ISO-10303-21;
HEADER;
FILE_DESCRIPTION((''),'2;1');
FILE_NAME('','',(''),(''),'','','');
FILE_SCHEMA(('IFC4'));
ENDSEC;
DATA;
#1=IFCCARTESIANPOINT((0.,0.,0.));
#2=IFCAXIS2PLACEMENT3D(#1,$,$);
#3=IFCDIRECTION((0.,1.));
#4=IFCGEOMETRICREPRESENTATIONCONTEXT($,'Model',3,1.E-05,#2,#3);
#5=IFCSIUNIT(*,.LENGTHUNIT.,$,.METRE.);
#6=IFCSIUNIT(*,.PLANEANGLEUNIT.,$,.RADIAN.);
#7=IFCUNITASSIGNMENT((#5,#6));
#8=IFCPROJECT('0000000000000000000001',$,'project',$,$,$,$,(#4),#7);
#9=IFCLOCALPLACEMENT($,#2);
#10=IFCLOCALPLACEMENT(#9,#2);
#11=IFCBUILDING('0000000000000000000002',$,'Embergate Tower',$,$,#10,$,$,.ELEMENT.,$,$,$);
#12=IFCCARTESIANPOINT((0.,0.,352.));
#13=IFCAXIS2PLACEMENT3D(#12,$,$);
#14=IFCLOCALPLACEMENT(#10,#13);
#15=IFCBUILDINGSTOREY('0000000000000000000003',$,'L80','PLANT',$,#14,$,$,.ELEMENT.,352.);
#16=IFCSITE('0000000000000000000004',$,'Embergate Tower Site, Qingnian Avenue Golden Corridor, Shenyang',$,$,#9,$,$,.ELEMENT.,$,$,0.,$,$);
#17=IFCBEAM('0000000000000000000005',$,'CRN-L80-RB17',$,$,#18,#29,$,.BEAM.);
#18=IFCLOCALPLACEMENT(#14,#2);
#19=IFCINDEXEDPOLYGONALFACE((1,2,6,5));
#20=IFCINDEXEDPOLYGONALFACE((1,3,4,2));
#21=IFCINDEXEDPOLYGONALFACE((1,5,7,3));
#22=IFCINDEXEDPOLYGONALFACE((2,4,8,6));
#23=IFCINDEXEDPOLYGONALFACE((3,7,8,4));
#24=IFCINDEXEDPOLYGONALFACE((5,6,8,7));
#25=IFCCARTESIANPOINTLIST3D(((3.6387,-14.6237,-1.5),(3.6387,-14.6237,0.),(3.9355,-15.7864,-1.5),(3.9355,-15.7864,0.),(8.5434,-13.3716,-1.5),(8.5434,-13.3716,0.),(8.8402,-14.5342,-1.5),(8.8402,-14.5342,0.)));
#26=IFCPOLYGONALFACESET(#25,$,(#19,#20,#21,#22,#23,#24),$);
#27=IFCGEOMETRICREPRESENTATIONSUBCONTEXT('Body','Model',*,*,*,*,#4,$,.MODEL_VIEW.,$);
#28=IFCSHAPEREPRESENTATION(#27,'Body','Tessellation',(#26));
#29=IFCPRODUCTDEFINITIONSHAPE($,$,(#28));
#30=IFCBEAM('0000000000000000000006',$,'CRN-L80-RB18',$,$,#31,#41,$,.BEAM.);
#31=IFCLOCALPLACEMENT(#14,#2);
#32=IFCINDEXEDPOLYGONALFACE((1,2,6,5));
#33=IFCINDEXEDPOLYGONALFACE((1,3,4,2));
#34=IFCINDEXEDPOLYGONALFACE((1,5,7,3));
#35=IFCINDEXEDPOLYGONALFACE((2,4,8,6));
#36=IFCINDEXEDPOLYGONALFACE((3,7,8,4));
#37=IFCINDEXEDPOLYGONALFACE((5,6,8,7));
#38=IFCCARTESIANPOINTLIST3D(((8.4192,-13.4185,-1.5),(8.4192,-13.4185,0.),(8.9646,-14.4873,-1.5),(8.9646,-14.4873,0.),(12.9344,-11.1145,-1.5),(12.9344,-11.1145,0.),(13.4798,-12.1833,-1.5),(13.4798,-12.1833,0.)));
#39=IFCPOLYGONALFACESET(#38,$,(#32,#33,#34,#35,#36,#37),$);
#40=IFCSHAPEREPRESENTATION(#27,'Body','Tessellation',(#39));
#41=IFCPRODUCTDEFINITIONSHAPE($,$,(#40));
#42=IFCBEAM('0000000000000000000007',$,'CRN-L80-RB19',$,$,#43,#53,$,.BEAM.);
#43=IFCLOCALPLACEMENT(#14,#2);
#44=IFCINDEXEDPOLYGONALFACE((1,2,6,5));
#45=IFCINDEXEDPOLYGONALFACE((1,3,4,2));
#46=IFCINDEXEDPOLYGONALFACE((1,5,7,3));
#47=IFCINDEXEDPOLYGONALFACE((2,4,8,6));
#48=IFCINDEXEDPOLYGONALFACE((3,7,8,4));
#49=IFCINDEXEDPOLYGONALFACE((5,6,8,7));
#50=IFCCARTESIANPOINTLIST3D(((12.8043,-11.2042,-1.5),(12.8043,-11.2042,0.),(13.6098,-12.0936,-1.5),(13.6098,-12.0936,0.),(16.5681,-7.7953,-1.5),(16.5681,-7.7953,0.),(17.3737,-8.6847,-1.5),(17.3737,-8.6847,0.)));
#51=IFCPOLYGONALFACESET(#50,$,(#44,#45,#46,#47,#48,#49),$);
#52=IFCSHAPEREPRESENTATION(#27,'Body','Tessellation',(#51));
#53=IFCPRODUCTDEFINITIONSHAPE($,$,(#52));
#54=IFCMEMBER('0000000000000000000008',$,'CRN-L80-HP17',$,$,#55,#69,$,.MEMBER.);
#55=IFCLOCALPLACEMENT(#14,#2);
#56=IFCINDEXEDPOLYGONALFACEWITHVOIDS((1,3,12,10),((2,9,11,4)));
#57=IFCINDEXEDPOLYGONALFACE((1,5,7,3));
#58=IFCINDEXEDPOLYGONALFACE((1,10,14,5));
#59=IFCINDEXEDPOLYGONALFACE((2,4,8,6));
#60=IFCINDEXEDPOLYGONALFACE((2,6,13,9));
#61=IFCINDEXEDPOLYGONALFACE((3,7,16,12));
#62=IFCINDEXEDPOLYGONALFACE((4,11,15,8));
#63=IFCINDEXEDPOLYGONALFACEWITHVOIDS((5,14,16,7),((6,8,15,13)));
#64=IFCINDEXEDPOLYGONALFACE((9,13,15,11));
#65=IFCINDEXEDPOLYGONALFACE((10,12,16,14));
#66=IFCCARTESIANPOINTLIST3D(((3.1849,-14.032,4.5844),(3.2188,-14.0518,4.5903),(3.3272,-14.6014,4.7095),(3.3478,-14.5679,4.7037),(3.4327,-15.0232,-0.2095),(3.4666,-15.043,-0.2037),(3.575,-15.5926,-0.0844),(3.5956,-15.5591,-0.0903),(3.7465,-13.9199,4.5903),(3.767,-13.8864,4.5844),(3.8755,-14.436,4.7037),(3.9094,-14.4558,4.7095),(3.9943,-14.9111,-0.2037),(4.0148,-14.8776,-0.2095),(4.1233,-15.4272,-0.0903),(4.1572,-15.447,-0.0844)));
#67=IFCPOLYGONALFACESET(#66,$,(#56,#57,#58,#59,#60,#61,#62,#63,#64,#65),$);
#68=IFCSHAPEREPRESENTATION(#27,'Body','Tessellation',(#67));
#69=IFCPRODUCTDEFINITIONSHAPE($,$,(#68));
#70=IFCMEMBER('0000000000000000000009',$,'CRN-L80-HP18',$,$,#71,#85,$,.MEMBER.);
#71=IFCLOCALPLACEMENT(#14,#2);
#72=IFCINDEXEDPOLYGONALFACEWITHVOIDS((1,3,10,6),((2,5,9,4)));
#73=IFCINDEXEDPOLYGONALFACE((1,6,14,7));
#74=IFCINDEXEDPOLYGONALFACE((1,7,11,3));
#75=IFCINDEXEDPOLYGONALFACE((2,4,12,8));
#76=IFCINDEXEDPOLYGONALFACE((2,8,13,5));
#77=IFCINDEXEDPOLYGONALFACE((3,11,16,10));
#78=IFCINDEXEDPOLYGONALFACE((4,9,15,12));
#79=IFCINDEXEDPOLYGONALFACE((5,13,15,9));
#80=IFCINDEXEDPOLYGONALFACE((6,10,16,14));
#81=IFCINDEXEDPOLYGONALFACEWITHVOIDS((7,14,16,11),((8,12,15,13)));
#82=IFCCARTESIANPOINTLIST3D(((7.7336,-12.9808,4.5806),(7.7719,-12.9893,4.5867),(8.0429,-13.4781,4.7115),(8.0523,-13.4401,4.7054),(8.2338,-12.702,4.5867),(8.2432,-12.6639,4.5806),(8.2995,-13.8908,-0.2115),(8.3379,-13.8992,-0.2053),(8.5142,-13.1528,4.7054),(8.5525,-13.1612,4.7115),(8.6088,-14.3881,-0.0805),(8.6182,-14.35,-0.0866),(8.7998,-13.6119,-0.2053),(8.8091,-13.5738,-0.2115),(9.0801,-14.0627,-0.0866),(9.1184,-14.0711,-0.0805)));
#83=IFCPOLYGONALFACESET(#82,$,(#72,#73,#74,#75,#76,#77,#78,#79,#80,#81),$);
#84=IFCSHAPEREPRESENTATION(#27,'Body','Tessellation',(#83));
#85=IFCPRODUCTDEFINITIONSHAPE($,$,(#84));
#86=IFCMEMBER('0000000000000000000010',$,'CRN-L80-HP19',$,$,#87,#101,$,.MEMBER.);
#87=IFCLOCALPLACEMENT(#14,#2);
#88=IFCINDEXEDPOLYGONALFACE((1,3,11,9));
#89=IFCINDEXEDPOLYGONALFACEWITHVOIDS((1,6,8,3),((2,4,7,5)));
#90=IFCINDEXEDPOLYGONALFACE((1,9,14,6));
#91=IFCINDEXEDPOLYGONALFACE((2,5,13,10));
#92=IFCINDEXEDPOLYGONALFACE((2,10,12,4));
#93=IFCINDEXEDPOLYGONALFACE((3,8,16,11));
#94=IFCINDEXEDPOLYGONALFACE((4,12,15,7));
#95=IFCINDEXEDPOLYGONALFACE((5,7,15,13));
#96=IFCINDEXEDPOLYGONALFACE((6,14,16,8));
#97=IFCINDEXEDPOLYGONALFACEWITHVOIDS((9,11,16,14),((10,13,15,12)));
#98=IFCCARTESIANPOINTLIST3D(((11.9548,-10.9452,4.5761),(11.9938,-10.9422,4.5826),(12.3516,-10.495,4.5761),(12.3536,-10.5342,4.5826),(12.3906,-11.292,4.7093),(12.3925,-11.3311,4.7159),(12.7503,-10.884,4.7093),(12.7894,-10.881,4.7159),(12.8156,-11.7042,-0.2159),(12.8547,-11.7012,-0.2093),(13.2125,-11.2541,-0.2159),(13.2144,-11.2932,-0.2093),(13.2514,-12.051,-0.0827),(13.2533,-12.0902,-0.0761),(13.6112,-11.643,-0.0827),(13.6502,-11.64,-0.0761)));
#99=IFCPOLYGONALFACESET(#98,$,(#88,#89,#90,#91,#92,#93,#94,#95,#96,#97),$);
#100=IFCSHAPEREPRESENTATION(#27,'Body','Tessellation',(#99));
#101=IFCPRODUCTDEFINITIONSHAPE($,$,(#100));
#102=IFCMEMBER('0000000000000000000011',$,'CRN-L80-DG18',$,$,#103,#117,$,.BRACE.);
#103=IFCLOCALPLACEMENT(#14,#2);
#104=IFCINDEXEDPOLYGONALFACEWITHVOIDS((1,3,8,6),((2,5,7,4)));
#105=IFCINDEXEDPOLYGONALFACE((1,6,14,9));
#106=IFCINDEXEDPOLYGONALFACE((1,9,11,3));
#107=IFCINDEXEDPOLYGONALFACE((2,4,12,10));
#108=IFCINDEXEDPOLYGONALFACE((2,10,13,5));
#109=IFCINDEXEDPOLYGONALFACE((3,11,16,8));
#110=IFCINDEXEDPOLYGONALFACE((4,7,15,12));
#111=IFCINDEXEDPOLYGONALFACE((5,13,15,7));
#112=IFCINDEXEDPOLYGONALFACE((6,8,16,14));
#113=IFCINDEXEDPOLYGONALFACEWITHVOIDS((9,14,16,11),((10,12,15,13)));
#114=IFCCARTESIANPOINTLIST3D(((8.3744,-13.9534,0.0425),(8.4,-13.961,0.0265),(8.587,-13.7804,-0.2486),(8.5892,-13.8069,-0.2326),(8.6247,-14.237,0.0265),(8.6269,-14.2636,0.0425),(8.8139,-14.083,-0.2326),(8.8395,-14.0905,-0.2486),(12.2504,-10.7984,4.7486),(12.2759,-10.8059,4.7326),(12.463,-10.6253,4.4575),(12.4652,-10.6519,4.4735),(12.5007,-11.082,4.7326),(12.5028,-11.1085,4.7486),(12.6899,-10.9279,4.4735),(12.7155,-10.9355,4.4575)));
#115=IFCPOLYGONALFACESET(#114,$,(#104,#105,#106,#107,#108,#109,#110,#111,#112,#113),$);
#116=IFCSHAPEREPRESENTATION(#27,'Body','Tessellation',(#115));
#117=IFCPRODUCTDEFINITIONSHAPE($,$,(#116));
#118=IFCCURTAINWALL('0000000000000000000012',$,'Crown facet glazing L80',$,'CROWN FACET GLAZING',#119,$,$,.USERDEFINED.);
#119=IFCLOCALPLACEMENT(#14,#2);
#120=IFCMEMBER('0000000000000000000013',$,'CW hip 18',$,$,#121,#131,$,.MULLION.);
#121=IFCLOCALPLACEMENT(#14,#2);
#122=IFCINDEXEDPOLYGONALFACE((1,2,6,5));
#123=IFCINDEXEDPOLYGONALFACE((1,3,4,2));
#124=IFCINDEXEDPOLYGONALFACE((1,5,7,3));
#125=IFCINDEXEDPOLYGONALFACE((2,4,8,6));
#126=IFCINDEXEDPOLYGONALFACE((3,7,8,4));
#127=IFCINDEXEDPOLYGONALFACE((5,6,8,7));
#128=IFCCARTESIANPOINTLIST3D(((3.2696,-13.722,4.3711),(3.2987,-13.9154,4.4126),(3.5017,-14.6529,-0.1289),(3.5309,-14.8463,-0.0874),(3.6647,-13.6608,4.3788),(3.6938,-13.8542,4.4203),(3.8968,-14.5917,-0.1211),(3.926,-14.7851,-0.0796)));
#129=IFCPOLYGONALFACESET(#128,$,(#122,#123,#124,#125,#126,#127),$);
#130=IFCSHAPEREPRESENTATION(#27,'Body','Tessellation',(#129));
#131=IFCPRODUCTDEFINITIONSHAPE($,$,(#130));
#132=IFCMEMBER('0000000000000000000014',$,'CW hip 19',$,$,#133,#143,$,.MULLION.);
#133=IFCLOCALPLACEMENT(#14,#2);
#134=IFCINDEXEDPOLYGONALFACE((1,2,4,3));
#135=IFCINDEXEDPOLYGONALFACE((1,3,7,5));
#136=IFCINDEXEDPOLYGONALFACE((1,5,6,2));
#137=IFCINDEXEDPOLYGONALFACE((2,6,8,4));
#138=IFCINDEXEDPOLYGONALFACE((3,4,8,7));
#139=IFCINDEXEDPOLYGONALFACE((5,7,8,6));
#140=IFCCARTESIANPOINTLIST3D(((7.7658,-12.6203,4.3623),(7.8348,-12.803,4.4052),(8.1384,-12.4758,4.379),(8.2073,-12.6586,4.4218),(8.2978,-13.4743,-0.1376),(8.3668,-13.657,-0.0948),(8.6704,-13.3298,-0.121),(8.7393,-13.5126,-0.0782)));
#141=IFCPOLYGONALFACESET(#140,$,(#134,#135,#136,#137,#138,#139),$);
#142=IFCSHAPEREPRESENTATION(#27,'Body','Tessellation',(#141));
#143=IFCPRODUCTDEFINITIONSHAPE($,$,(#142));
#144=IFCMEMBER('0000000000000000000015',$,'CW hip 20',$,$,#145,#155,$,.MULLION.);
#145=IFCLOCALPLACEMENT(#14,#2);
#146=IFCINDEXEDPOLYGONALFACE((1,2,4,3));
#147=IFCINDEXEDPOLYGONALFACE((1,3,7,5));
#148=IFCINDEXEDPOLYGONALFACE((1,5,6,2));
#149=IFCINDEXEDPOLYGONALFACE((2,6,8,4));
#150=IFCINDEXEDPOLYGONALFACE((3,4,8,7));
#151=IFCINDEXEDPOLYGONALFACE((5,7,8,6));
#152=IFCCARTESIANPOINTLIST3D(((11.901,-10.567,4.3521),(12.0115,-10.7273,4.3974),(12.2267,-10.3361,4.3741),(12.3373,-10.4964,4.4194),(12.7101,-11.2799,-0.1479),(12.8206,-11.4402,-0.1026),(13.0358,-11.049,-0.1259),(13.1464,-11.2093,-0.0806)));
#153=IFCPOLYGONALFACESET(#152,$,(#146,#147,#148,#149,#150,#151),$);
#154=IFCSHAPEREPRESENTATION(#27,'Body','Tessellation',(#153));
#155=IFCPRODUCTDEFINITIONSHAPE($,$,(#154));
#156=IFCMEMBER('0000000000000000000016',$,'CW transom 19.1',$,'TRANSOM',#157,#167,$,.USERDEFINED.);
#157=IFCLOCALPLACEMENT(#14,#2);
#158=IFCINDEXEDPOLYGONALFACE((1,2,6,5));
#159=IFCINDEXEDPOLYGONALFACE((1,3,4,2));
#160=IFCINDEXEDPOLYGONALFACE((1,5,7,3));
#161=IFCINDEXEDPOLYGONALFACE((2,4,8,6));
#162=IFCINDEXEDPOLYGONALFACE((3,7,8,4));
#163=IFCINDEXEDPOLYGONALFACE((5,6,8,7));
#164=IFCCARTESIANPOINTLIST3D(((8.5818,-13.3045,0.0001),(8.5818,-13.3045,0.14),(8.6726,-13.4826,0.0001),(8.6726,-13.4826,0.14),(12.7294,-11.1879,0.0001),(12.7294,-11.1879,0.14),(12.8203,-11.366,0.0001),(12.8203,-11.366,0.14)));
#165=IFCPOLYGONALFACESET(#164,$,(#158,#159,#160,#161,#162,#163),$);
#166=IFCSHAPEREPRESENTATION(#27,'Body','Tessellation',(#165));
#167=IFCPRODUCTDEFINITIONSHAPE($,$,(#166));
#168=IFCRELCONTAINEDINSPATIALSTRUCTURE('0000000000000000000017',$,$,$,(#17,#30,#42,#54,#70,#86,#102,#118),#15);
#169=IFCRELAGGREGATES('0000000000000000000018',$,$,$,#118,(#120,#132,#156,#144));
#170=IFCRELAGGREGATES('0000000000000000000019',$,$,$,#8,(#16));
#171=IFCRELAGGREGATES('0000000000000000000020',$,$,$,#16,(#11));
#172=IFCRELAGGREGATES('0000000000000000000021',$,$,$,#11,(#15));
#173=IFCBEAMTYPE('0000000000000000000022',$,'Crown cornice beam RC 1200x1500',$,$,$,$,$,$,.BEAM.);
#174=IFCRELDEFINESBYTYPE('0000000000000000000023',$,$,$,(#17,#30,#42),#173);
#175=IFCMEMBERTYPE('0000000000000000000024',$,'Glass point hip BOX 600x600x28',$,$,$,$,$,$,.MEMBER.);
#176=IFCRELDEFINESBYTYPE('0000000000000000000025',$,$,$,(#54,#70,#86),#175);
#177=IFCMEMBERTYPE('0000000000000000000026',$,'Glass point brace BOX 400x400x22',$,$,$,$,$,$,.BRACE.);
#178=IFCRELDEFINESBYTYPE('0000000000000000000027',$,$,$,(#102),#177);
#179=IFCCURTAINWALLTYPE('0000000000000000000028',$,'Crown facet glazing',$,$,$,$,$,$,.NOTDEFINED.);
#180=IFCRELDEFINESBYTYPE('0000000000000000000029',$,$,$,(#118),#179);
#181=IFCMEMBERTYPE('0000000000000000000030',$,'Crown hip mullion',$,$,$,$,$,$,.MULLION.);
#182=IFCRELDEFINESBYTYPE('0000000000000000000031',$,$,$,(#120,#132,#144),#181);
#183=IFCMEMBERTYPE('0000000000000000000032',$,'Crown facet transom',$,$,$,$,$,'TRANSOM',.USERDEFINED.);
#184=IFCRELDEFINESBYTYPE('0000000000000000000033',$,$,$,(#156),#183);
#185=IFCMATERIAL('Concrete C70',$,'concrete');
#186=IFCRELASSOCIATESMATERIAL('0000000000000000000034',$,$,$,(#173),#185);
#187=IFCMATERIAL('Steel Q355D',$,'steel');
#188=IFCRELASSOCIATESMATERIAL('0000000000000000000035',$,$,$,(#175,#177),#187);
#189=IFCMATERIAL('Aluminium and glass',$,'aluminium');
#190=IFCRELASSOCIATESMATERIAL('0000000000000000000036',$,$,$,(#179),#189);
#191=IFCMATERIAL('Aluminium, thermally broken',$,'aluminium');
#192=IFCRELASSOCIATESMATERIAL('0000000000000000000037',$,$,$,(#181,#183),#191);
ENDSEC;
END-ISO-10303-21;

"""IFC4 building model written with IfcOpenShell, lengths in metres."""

from ifc_helpers import new_model, si_unit, direction, frame, origin, origin_2d, place, context, subcontext, project, spatial, rectangle, hollow_rectangle, extrude, source, transform, mapped, material, material_profile, profile_set, type_object, element, aggregate, save


model = new_model("IFC4")

# Units and contexts
model_context = context("Model", 3, precision=1e-05, world=origin(), true_north=direction((0.0, 1.0)))
body_context = subcontext(model_context, "Body", "Model", "MODEL_VIEW")
ifc_project = project(units=[si_unit("LENGTHUNIT", "METRE"), si_unit("PLANEANGLEUNIT", "RADIAN")], contexts=[model_context])

# Site, building, storey
site_placement = place(None, origin())
site = spatial("IfcSite", under=ifc_project, at=site_placement, Name="Embergate Tower Site, Qingnian Avenue Golden Corridor, Shenyang", CompositionType="ELEMENT", RefElevation=0.0)
building_placement = place(site_placement, origin())
building = spatial("IfcBuilding", under=site, at=building_placement, Name="Embergate Tower", CompositionType="ELEMENT")
storey_placement = place(building_placement, frame((0.0, 0.0, 352.0)))
storey = spatial("IfcBuildingStorey", under=building, at=storey_placement, Name="L80", Description="PLANT", CompositionType="ELEMENT", Elevation=352.0)

# Beams
ifc_material_1 = material(Name="Concrete C70", Category="concrete")
ifc_material_profile_1 = material_profile(ifc_material_1, rectangle(XDim=1.2, YDim=1.5, at=origin_2d()), Name="RC 1200x1500")
ifc_profile_set_1 = profile_set([ifc_material_profile_1], Name="Concrete C70")
beam_type = type_object("IfcBeamType", Name="Crown cornice beam RC 1200x1500", PredefinedType="BEAM", material=ifc_profile_set_1)
shared_shape_1 = source(origin(), body_context, "Body", "SweptSolid", [
    extrude(rectangle(XDim=1.2, YDim=1.5, at=origin_2d()), origin(), (0.0, 0.0, 1.0), 5.062),
])
beam_1_placement = place(storey_placement, frame((3.7871, -15.2051, -0.75), z_axis=(0.968922, 0.247367, 0.0), x_axis=(-0.247367, 0.968922, 0.0)))
element("IfcBeam", 1, at=beam_1_placement, inside=storey, type_object=beam_type, Name="CRN-L80-RB17", PredefinedType="BEAM", context=body_context, shape_type="MappedRepresentation", body=[
    mapped(shared_shape_1, transform((0.0, 0.0, 0.0))),
])
shared_shape_2 = source(origin(), body_context, "Body", "SweptSolid", [
    extrude(rectangle(XDim=1.2, YDim=1.5, at=origin_2d()), origin(), (0.0, 0.0, 1.0), 5.0691),
])
beam_2_placement = place(storey_placement, frame((8.6919, -13.9529, -0.75), z_axis=(0.890737, 0.454519, 0.0), x_axis=(-0.454519, 0.890737, 0.0)))
element("IfcBeam", 2, at=beam_2_placement, inside=storey, type_object=beam_type, Name="CRN-L80-RB18", PredefinedType="BEAM", context=body_context, shape_type="MappedRepresentation", body=[
    mapped(shared_shape_2, transform((0.0, 0.0, 0.0))),
])
shared_shape_3 = source(origin(), body_context, "Body", "SweptSolid", [
    extrude(rectangle(XDim=1.2, YDim=1.5, at=origin_2d()), origin(), (0.0, 0.0, 1.0), 5.0781),
])
beam_3_placement = place(storey_placement, frame((13.207, -11.6489, -0.75), z_axis=(0.741194, 0.671291, 0.0), x_axis=(-0.671291, 0.741194, 0.0)))
element("IfcBeam", 3, at=beam_3_placement, inside=storey, type_object=beam_type, Name="CRN-L80-RB19", PredefinedType="BEAM", context=body_context, shape_type="MappedRepresentation", body=[
    mapped(shared_shape_3, transform((0.0, 0.0, 0.0))),
])

# Members
ifc_material_2 = material(Name="Steel Q355D", Category="steel")
ifc_material_profile_2 = material_profile(ifc_material_2, hollow_rectangle(XDim=0.6001, YDim=0.6001, WallThickness=0.0281, at=origin_2d()), Name="BOX 600x600x28")
ifc_profile_set_2 = profile_set([ifc_material_profile_2], Name="Steel Q355 grade D")
member_type_1 = type_object("IfcMemberType", Name="Glass point hip BOX 600x600x28", PredefinedType="MEMBER", material=ifc_profile_set_2)
shared_shape_4 = source(origin(), body_context, "Body", "SweptSolid", [
    extrude(hollow_rectangle(XDim=0.6001, YDim=0.6001, WallThickness=0.0281, at=origin_2d()), origin(), (0.0, 0.0, 1.0), 4.9016),
])
member_1_placement = place(storey_placement, frame((3.7949, -15.2351, -0.147), z_axis=(-0.050555, 0.202221, 0.978034), x_axis=(-0.970143, -0.242536, 0.0)))
element("IfcMember", 4, at=member_1_placement, inside=storey, type_object=member_type_1, Name="CRN-L80-HP17", PredefinedType="MEMBER", context=body_context, shape_type="MappedRepresentation", body=[
    mapped(shared_shape_4, transform((0.0, 0.0, 0.0))),
])
shared_shape_5 = source(origin(), body_context, "Body", "SweptSolid", [
    extrude(hollow_rectangle(XDim=0.6001, YDim=0.6001, WallThickness=0.0281, at=origin_2d()), origin(), (0.0, 0.0, 1.0), 4.9104),
])
member_2_placement = place(storey_placement, frame((8.709, -13.981, -0.146), z_axis=(-0.11525, 0.185305, 0.975899), x_axis=(-0.849161, -0.528134, 0.0)))
element("IfcMember", 5, at=member_2_placement, inside=storey, type_object=member_type_1, Name="CRN-L80-HP18", PredefinedType="MEMBER", context=body_context, shape_type="MappedRepresentation", body=[
    mapped(shared_shape_5, transform((0.0, 0.0, 0.0))),
])
shared_shape_6 = source(origin(), body_context, "Body", "SweptSolid", [
    extrude(hollow_rectangle(XDim=0.6001, YDim=0.6001, WallThickness=0.0281, at=origin_2d()), origin(), (0.0, 0.0, 1.0), 4.9275),
])
member_3_placement = place(storey_placement, frame((13.2329, -11.6721, -0.146), z_axis=(-0.174701, 0.15404, 0.972497), x_axis=(-0.661361, -0.750068, 0.0)))
element("IfcMember", 6, at=member_3_placement, inside=storey, type_object=member_type_1, Name="CRN-L80-HP19", PredefinedType="MEMBER", context=body_context, shape_type="MappedRepresentation", body=[
    mapped(shared_shape_6, transform((0.0, 0.0, 0.0))),
])
ifc_material_profile_3 = material_profile(ifc_material_2, hollow_rectangle(XDim=0.3999, YDim=0.3999, WallThickness=0.022, at=origin_2d()), Name="BOX 400x400x22")
ifc_profile_set_3 = profile_set([ifc_material_profile_3], Name="Steel Q355 grade D")
member_type_2 = type_object("IfcMemberType", Name="Glass point brace BOX 400x400x22", PredefinedType="BRACE", material=ifc_profile_set_3)
shared_shape_7 = source(origin(), body_context, "Body", "SweptSolid", [
    extrude(hollow_rectangle(XDim=0.3999, YDim=0.3999, WallThickness=0.022, at=origin_2d()), origin(), (0.0, 0.0, 1.0), 6.8647),
])
member_4_placement = place(storey_placement, frame((8.6069, -14.022, -0.103), z_axis=(0.564623, 0.459601, 0.685542), x_axis=(-0.631291, 0.775546, 0.0)))
element("IfcMember", 7, at=member_4_placement, inside=storey, type_object=member_type_2, Name="CRN-L80-DG18", PredefinedType="BRACE", context=body_context, shape_type="MappedRepresentation", body=[
    mapped(shared_shape_7, transform((0.0, 0.0, 0.0))),
])

# Curtain wall, members
ifc_material_3 = material(Name="Aluminium and glass", Category="aluminium")
curtain_wall_type = type_object("IfcCurtainWallType", Name="Crown facet glazing", PredefinedType="NOTDEFINED", material=ifc_material_3)
curtain_wall_placement = place(storey_placement, origin())
curtain_wall = element("IfcCurtainWall", 8, at=curtain_wall_placement, inside=storey, type_object=curtain_wall_type, Name="Crown facet glazing L80", ObjectType="CROWN FACET GLAZING", PredefinedType="USERDEFINED")
ifc_material_4 = material(Name="Aluminium, thermally broken", Category="aluminium")
ifc_material_profile_4 = material_profile(ifc_material_4, rectangle(XDim=0.2, YDim=0.3999, at=origin_2d()), Name="AL 400x200")
ifc_profile_set_4 = profile_set([ifc_material_profile_4], Name="Aluminium, thermally broken")
member_type_3 = type_object("IfcMemberType", Name="Crown hip mullion", PredefinedType="MULLION", material=ifc_profile_set_4)
shared_shape_8 = source(origin(), body_context, "Body", "SweptSolid", [
    extrude(rectangle(XDim=0.2, YDim=0.3999, at=origin_2d()), origin(), (0.0, 0.0, 1.0), 4.6011),
])
member_5_placement = place(storey_placement, frame((3.7139, -14.719, -0.1042), z_axis=(-0.050461, 0.202321, 0.978018), x_axis=(0.145832, -0.967277, 0.207623)))
member_5 = element("IfcMember", 9, at=member_5_placement, type_object=member_type_3, Name="CW hip 18", PredefinedType="MULLION", context=body_context, shape_type="MappedRepresentation", body=[
    mapped(shared_shape_8, transform((0.0, 0.0, 0.0))),
])
shared_shape_9 = source(origin(), body_context, "Body", "SweptSolid", [
    extrude(rectangle(XDim=0.2, YDim=0.3999, at=origin_2d()), origin(), (0.0, 0.0, 1.0), 4.6111),
])
member_6_placement = place(storey_placement, frame((8.5186, -13.4934, -0.1079), z_axis=(-0.11537, 0.185206, 0.975904), x_axis=(0.34479, -0.913913, 0.214202)))
member_6 = element("IfcMember", 10, at=member_6_placement, type_object=member_type_3, Name="CW hip 19", PredefinedType="MULLION", context=body_context, shape_type="MappedRepresentation", body=[
    mapped(shared_shape_9, transform((0.0, 0.0, 0.0))),
])
shared_shape_10 = source(origin(), body_context, "Body", "SweptSolid", [
    extrude(rectangle(XDim=0.2, YDim=0.3999, at=origin_2d()), origin(), (0.0, 0.0, 1.0), 4.6274),
])
member_7_placement = place(storey_placement, frame((12.9282, -11.2446, -0.1143), z_axis=(-0.174846, 0.154059, 0.972468), x_axis=(0.553027, -0.801798, 0.226453)))
member_7 = element("IfcMember", 11, at=member_7_placement, type_object=member_type_3, Name="CW hip 20", PredefinedType="MULLION", context=body_context, shape_type="MappedRepresentation", body=[
    mapped(shared_shape_10, transform((0.0, 0.0, 0.0))),
])
ifc_material_profile_5 = material_profile(ifc_material_4, rectangle(XDim=0.2, YDim=0.1399, at=origin_2d()), Name="AL 140x200")
ifc_profile_set_5 = profile_set([ifc_material_profile_5], Name="Aluminium, thermally broken")
member_type_4 = type_object("IfcMemberType", Name="Crown facet transom", ElementType="TRANSOM", PredefinedType="USERDEFINED", material=ifc_profile_set_5)
shared_shape_11 = source(origin(), body_context, "Body", "SweptSolid", [
    extrude(rectangle(XDim=0.2, YDim=0.1399, at=origin_2d()), origin(), (0.0, 0.0, 1.0), 4.6565),
])
member_8_placement = place(storey_placement, frame((8.6272, -13.3936, 0.0701), z_axis=(0.890716, 0.454559, 0.0), x_axis=(-0.454559, 0.890716, 0.0)))
member_8 = element("IfcMember", 12, at=member_8_placement, type_object=member_type_4, Name="CW transom 19.1", ObjectType="TRANSOM", PredefinedType="USERDEFINED", context=body_context, shape_type="MappedRepresentation", body=[
    mapped(shared_shape_11, transform((0.0, 0.0, 0.0))),
])

aggregate(curtain_wall, [member_5, member_6, member_8, member_7])

save(model, "model.ifc")
